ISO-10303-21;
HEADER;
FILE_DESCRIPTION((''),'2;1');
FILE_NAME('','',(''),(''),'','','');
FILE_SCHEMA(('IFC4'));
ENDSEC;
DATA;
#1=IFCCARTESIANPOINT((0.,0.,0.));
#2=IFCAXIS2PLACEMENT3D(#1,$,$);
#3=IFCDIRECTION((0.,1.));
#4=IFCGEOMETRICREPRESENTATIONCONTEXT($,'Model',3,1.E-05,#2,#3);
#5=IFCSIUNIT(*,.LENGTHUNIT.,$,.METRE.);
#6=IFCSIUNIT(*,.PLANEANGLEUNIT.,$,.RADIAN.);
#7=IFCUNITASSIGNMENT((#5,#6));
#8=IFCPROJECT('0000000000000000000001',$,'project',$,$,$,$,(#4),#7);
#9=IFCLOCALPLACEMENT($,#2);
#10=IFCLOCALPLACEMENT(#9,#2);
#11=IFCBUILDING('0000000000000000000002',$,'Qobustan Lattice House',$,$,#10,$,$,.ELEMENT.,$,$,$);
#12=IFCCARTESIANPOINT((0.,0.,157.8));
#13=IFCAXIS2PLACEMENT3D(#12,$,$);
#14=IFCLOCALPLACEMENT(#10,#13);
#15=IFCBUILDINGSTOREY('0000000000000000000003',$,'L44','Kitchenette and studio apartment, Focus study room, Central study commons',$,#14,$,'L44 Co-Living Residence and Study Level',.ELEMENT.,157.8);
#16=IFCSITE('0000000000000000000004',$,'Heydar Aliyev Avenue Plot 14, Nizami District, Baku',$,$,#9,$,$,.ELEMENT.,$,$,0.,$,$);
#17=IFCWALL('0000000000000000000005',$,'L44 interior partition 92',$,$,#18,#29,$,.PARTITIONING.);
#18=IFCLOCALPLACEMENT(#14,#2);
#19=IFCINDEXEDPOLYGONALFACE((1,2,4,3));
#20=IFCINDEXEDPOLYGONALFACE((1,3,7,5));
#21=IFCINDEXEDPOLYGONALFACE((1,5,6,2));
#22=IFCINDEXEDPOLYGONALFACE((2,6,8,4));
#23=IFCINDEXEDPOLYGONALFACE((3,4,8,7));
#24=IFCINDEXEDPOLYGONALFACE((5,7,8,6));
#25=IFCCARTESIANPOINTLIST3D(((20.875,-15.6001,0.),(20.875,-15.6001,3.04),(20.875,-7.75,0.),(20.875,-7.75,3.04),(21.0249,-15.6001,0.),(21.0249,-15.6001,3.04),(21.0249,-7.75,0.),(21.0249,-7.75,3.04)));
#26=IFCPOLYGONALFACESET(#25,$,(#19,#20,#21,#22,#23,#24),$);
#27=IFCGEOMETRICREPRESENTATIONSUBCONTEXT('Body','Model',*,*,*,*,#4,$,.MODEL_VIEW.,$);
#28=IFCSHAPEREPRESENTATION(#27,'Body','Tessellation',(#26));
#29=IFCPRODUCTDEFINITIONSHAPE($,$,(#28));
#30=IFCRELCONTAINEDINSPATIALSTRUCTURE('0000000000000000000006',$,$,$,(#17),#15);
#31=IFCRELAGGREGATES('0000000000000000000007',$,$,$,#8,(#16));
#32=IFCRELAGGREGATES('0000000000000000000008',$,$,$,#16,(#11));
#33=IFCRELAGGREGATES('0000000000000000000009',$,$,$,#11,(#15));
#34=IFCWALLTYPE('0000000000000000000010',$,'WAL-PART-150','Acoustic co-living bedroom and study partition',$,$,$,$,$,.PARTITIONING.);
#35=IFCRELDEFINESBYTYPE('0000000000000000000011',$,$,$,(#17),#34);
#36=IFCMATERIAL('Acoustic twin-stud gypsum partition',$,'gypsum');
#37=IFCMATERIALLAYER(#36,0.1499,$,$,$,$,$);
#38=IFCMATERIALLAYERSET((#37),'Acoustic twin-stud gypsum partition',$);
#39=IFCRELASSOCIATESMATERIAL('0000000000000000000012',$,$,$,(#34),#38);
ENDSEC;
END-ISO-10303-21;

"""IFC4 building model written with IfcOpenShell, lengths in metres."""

from ifc_helpers import new_model, si_unit, direction, frame, frame_2d, origin, place, context, subcontext, project, spatial, rectangle, extrude, material, layer, layer_set, type_object, element, save


model = new_model("IFC4")

# Units and contexts
model_context = context("Model", 3, precision=1e-05, world=origin(), true_north=direction((0.0, 1.0)))
body_context = subcontext(model_context, "Body", "Model", "MODEL_VIEW")
ifc_project = project(units=[si_unit("LENGTHUNIT", "METRE"), si_unit("PLANEANGLEUNIT", "RADIAN")], contexts=[model_context])

# Site, building, storey
site_placement = place(None, origin())
site = spatial("IfcSite", under=ifc_project, at=site_placement, Name="Heydar Aliyev Avenue Plot 14, Nizami District, Baku", CompositionType="ELEMENT", RefElevation=0.0)
building_placement = place(site_placement, origin())
building = spatial("IfcBuilding", under=site, at=building_placement, Name="Qobustan Lattice House", CompositionType="ELEMENT")
storey_placement = place(building_placement, frame((0.0, 0.0, 157.8)))
storey = spatial("IfcBuildingStorey", under=building, at=storey_placement, Name="L44", Description="Kitchenette and studio apartment, Focus study room, Central study commons", LongName="L44 Co-Living Residence and Study Level", CompositionType="ELEMENT", Elevation=157.8)

# Wall
ifc_material_1 = material(Name="Acoustic twin-stud gypsum partition", Category="gypsum")
ifc_layer_1 = layer(ifc_material_1, 0.1499)
ifc_layer_set_1 = layer_set([ifc_layer_1], Name="Acoustic twin-stud gypsum partition")
wall_type_1 = type_object("IfcWallType", Name="WAL-PART-150", Description="Acoustic co-living bedroom and study partition", PredefinedType="PARTITIONING", material=ifc_layer_set_1)
wall_1_placement = place(storey_placement, frame((20.95, -15.6001, 0.0), z_axis=(0.0, 0.0, 1.0), x_axis=(0.0, 1.0, 0.0)))
element("IfcWall", 1, at=wall_1_placement, inside=storey, type_object=wall_type_1, Name="L44 interior partition 92", PredefinedType="PARTITIONING", context=body_context, shape_type="SweptSolid", body=[
    extrude(rectangle(XDim=7.8501, YDim=0.1499, at=frame_2d((3.925, 0.0))), origin(), (0.0, 0.0, 1.0), 3.04),
])

save(model, "model.ifc")
